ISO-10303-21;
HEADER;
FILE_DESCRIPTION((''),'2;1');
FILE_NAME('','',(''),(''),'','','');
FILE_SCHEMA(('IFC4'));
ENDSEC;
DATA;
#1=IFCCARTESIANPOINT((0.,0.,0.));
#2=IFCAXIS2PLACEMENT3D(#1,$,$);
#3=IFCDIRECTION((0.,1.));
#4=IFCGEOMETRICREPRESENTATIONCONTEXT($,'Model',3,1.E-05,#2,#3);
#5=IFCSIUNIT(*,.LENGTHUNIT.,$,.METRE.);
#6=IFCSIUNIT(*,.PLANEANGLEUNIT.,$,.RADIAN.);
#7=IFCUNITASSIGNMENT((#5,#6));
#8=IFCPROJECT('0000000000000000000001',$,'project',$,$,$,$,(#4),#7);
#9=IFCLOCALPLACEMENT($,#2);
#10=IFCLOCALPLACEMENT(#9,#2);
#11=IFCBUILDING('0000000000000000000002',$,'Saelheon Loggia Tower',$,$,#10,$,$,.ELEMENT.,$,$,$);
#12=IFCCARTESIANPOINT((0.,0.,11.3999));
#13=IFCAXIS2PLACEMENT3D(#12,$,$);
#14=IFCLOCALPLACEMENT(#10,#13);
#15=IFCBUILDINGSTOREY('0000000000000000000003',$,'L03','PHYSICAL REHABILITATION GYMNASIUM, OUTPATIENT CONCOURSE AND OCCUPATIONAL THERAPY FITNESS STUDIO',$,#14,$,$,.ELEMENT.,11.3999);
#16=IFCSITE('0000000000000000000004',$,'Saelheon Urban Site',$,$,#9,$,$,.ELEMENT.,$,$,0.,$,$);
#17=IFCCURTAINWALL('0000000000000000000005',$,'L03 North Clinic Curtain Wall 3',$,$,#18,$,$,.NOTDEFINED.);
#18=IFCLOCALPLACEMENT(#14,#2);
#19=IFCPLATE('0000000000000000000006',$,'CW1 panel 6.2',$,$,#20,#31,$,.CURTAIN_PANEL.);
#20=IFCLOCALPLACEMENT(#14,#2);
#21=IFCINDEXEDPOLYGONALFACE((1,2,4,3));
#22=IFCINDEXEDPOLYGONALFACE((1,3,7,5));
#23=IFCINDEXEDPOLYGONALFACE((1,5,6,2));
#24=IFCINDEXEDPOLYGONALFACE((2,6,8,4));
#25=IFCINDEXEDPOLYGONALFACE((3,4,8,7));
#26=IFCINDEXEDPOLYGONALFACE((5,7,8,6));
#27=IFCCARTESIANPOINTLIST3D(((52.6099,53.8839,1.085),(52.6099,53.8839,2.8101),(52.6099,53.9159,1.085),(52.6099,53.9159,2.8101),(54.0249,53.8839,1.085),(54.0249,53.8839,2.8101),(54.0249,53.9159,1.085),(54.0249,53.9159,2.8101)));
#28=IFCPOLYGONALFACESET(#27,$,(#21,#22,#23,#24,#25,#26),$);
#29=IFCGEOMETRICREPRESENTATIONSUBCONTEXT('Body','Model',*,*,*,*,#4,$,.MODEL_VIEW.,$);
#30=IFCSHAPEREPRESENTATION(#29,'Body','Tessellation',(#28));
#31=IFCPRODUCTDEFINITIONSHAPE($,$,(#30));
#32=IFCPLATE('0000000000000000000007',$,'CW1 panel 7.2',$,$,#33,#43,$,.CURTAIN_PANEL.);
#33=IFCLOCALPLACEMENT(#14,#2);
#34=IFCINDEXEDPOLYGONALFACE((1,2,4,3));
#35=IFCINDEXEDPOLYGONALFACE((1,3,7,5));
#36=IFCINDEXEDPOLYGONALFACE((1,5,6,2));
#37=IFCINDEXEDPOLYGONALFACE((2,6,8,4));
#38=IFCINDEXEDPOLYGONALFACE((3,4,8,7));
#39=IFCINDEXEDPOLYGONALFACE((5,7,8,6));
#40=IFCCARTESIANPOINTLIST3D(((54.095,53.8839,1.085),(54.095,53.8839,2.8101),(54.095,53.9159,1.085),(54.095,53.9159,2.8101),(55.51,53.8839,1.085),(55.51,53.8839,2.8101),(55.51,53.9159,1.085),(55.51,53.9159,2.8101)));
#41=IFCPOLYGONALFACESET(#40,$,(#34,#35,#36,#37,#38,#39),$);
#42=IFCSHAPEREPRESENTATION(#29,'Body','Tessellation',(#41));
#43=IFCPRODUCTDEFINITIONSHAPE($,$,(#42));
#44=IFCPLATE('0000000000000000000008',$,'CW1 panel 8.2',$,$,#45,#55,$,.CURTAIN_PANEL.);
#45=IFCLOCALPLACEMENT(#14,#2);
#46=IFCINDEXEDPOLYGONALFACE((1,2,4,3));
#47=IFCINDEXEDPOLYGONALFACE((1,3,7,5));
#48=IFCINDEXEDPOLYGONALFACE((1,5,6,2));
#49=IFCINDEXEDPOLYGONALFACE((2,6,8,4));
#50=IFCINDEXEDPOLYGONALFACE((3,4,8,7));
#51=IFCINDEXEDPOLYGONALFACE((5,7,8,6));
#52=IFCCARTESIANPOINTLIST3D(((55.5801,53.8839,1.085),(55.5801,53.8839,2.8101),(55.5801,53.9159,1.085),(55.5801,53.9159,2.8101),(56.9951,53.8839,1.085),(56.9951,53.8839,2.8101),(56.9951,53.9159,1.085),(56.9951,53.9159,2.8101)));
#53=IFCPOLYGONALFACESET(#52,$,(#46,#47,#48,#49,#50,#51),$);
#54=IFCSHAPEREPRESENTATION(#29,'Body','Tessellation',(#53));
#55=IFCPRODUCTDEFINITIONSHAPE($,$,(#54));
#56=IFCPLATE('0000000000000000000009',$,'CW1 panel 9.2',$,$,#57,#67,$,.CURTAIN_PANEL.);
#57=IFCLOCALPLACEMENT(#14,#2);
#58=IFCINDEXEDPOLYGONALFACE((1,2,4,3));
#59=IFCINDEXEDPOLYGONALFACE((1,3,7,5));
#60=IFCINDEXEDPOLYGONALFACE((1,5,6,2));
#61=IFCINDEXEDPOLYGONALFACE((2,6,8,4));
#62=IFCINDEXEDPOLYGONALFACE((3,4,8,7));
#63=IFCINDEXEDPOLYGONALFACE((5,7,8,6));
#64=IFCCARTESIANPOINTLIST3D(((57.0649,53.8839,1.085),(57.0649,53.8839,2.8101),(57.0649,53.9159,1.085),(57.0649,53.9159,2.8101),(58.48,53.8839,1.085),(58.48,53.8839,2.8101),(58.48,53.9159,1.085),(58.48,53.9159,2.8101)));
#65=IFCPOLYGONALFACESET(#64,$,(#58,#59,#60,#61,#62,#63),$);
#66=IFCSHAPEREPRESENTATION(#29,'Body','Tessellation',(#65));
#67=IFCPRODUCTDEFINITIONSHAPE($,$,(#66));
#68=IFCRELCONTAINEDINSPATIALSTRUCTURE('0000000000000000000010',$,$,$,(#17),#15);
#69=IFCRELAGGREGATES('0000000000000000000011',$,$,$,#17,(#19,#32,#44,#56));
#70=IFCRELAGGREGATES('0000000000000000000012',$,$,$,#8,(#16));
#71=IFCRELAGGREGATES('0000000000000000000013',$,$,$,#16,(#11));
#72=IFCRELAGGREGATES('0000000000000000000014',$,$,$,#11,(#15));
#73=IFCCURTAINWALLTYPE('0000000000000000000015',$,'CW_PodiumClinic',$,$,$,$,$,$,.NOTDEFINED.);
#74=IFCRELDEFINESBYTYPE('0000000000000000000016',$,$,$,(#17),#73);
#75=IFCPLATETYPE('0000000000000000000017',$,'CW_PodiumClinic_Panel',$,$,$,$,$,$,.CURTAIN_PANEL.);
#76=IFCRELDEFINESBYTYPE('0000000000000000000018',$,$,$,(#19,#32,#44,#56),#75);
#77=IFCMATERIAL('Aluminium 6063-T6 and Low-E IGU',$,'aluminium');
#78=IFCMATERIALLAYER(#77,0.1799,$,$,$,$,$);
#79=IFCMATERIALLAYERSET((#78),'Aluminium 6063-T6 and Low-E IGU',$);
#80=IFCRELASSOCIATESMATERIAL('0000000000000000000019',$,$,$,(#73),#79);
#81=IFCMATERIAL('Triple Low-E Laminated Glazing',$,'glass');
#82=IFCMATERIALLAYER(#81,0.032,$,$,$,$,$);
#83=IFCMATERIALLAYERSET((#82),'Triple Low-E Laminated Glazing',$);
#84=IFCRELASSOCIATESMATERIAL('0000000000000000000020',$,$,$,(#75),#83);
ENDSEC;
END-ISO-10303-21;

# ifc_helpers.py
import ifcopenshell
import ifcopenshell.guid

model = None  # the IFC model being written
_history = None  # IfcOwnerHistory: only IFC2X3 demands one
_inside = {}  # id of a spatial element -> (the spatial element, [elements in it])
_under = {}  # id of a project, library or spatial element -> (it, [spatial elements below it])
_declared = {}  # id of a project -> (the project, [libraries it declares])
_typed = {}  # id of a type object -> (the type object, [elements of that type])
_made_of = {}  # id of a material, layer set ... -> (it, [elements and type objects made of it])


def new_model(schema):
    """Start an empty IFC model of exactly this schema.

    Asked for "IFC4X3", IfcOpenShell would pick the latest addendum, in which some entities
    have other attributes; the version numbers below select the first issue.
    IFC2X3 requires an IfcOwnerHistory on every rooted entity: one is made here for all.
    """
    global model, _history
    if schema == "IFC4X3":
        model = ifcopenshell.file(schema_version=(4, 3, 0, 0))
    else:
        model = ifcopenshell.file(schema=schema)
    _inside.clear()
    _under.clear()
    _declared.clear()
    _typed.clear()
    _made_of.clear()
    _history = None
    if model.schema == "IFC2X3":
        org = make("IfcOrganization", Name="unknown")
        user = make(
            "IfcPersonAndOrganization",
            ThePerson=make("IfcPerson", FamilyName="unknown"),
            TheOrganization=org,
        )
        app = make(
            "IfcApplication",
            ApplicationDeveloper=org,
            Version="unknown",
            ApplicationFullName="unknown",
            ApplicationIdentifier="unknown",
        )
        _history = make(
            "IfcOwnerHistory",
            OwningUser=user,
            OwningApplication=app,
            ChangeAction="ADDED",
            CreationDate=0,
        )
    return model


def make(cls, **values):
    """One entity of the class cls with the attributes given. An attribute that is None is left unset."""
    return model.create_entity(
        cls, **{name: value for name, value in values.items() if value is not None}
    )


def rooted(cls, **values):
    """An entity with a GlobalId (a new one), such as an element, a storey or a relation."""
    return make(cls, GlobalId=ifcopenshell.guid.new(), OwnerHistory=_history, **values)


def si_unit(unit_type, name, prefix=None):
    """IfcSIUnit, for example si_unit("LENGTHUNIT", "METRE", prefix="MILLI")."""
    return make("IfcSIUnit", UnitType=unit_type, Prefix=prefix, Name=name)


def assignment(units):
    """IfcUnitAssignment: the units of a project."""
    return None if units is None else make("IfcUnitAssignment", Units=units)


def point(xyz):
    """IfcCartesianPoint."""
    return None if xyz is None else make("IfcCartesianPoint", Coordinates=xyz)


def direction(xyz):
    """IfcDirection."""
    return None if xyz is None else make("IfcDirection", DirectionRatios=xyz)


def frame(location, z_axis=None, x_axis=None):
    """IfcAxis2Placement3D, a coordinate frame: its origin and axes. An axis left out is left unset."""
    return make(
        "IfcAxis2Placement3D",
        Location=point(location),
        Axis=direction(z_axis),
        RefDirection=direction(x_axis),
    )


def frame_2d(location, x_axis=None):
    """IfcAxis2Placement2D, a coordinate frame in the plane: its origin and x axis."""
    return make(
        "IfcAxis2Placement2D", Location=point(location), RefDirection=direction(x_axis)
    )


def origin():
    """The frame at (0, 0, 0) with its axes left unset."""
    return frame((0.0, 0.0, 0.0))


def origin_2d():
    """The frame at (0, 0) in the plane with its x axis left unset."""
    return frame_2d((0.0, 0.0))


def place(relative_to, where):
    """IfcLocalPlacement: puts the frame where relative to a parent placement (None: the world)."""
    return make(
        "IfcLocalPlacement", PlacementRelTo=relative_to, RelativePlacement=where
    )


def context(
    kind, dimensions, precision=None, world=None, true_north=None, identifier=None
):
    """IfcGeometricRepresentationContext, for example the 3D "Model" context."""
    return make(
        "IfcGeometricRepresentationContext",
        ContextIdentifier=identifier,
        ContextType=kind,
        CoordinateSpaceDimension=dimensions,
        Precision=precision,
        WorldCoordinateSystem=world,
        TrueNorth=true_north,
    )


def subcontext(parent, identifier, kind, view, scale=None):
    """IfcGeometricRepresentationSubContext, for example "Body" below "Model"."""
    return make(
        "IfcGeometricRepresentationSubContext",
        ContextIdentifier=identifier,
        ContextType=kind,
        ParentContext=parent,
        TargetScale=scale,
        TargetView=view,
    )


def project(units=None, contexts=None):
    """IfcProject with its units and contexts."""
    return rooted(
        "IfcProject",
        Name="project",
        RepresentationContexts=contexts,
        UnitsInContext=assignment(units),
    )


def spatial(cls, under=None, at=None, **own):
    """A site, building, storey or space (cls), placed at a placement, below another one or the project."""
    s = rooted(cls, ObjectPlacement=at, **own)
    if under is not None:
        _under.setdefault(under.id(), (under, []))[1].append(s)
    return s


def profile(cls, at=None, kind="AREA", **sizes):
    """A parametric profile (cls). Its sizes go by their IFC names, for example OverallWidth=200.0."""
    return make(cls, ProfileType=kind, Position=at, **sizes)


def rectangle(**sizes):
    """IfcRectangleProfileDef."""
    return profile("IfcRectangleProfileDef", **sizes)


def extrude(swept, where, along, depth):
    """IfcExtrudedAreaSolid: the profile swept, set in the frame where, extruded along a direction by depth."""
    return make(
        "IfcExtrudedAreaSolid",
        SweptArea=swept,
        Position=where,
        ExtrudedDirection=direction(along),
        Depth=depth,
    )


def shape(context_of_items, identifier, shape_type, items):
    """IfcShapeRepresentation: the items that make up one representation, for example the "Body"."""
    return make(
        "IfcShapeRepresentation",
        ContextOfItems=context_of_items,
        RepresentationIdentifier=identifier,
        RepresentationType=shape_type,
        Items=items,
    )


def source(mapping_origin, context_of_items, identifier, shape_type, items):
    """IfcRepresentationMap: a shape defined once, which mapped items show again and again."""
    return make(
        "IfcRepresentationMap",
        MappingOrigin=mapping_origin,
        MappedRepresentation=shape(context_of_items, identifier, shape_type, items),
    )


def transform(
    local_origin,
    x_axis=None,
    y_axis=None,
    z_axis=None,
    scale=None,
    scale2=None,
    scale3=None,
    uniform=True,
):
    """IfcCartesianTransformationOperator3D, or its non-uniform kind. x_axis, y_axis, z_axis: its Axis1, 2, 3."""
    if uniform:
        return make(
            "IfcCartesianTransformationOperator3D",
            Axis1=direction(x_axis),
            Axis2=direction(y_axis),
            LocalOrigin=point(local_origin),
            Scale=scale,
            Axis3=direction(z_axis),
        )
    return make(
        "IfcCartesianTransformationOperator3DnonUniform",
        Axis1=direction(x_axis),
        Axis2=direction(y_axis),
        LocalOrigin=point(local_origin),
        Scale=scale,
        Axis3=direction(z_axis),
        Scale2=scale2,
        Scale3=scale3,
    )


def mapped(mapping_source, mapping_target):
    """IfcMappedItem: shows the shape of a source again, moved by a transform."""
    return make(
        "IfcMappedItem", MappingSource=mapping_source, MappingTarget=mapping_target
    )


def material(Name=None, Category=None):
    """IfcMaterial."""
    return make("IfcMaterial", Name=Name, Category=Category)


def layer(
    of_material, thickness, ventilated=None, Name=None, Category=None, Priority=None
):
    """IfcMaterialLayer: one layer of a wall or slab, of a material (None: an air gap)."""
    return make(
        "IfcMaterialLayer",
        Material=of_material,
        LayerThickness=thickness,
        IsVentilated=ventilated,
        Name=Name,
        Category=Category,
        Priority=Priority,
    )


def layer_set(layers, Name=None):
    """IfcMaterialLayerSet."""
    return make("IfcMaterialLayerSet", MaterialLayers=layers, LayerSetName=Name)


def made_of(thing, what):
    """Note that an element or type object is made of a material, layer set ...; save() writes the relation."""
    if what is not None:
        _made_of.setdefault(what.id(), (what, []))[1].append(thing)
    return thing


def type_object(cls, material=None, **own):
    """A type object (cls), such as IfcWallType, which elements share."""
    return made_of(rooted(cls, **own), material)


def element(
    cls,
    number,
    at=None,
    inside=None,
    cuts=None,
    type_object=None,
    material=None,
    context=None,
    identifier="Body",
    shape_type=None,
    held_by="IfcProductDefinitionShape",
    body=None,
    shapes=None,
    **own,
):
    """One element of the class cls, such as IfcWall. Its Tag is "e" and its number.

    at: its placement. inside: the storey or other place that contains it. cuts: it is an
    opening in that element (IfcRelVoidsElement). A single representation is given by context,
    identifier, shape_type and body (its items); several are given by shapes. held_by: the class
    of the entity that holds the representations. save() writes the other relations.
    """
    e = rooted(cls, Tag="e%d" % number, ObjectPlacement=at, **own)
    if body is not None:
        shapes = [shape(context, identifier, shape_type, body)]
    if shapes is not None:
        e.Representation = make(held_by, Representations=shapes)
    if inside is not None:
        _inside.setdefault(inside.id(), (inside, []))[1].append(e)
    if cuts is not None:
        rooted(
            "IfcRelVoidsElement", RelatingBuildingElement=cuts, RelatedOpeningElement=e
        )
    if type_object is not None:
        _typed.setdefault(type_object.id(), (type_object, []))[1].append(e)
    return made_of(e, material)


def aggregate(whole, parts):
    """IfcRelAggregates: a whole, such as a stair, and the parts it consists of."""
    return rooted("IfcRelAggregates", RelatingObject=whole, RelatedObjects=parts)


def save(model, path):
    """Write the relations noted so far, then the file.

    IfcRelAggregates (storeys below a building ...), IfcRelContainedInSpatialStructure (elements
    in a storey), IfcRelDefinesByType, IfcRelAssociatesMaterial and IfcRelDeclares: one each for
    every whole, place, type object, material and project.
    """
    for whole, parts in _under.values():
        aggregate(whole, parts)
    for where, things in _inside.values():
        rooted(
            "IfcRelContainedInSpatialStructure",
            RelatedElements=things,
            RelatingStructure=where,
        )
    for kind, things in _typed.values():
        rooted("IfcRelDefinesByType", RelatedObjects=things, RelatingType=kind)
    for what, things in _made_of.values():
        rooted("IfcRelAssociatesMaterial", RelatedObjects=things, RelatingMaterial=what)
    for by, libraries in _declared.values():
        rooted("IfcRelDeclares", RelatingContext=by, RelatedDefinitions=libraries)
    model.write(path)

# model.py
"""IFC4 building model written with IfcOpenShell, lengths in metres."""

from ifc_helpers import new_model, si_unit, direction, frame, origin, origin_2d, place, context, subcontext, project, spatial, rectangle, extrude, source, transform, mapped, material, layer, layer_set, type_object, element, aggregate, save


model = new_model("IFC4")

# Units and contexts
model_context = context("Model", 3, precision=1e-05, world=origin(), true_north=direction((0.0, 1.0)))
body_context = subcontext(model_context, "Body", "Model", "MODEL_VIEW")
ifc_project = project(units=[si_unit("LENGTHUNIT", "METRE"), si_unit("PLANEANGLEUNIT", "RADIAN")], contexts=[model_context])

# Site, building, storey
site_placement = place(None, origin())
site = spatial("IfcSite", under=ifc_project, at=site_placement, Name="Saelheon Urban Site", CompositionType="ELEMENT", RefElevation=0.0)
building_placement = place(site_placement, origin())
building = spatial("IfcBuilding", under=site, at=building_placement, Name="Saelheon Loggia Tower", CompositionType="ELEMENT")
storey_placement = place(building_placement, frame((0.0, 0.0, 11.3999)))
storey = spatial("IfcBuildingStorey", under=building, at=storey_placement, Name="L03", Description="PHYSICAL REHABILITATION GYMNASIUM, OUTPATIENT CONCOURSE AND OCCUPATIONAL THERAPY FITNESS STUDIO", CompositionType="ELEMENT", Elevation=11.3999)

# Curtain wall, plates
ifc_material_1 = material(Name="Aluminium 6063-T6 and Low-E IGU", Category="aluminium")
ifc_layer_1 = layer(ifc_material_1, 0.1799)
ifc_layer_set_1 = layer_set([ifc_layer_1], Name="Aluminium 6063-T6 and Low-E IGU")
curtain_wall_type = type_object("IfcCurtainWallType", Name="CW_PodiumClinic", PredefinedType="NOTDEFINED", material=ifc_layer_set_1)
curtain_wall_placement = place(storey_placement, origin())
curtain_wall = element("IfcCurtainWall", 1, at=curtain_wall_placement, inside=storey, type_object=curtain_wall_type, Name="L03 North Clinic Curtain Wall 3", PredefinedType="NOTDEFINED")
ifc_material_2 = material(Name="Triple Low-E Laminated Glazing", Category="glass")
ifc_layer_2 = layer(ifc_material_2, 0.032)
ifc_layer_set_2 = layer_set([ifc_layer_2], Name="Triple Low-E Laminated Glazing")
plate_type = type_object("IfcPlateType", Name="CW_PodiumClinic_Panel", PredefinedType="CURTAIN_PANEL", material=ifc_layer_set_2)
shared_shape_1 = source(origin(), body_context, "Body", "SweptSolid", [
    extrude(rectangle(XDim=1.415, YDim=0.032, at=origin_2d()), origin(), (0.0, 0.0, 1.0), 1.7251),
])
plate_1_placement = place(storey_placement, frame((53.3174, 53.8999, 1.085), z_axis=(0.0, 0.0, 1.0), x_axis=(1.0, 0.0, 0.0)))
plate_1 = element("IfcPlate", 2, at=plate_1_placement, type_object=plate_type, Name="CW1 panel 6.2", PredefinedType="CURTAIN_PANEL", context=body_context, shape_type="MappedRepresentation", body=[
    mapped(shared_shape_1, transform((0.0, 0.0, 0.0), scale=1.0)),
])
plate_2_placement = place(storey_placement, frame((54.8025, 53.8999, 1.085), z_axis=(0.0, 0.0, 1.0), x_axis=(1.0, 0.0, 0.0)))
plate_2 = element("IfcPlate", 3, at=plate_2_placement, type_object=plate_type, Name="CW1 panel 7.2", PredefinedType="CURTAIN_PANEL", context=body_context, shape_type="MappedRepresentation", body=[
    mapped(shared_shape_1, transform((0.0, 0.0, 0.0), scale=1.0)),
])
plate_3_placement = place(storey_placement, frame((56.2876, 53.8999, 1.085), z_axis=(0.0, 0.0, 1.0), x_axis=(1.0, 0.0, 0.0)))
plate_3 = element("IfcPlate", 4, at=plate_3_placement, type_object=plate_type, Name="CW1 panel 8.2", PredefinedType="CURTAIN_PANEL", context=body_context, shape_type="MappedRepresentation", body=[
    mapped(shared_shape_1, transform((0.0, 0.0, 0.0), scale=1.0)),
])
plate_4_placement = place(storey_placement, frame((57.7725, 53.8999, 1.085), z_axis=(0.0, 0.0, 1.0), x_axis=(1.0, 0.0, 0.0)))
plate_4 = element("IfcPlate", 5, at=plate_4_placement, type_object=plate_type, Name="CW1 panel 9.2", PredefinedType="CURTAIN_PANEL", context=body_context, shape_type="MappedRepresentation", body=[
    mapped(shared_shape_1, transform((0.0, 0.0, 0.0), scale=1.0)),
])
aggregate(curtain_wall, [plate_1, plate_2, plate_3, plate_4])

save(model, "model.ifc")
